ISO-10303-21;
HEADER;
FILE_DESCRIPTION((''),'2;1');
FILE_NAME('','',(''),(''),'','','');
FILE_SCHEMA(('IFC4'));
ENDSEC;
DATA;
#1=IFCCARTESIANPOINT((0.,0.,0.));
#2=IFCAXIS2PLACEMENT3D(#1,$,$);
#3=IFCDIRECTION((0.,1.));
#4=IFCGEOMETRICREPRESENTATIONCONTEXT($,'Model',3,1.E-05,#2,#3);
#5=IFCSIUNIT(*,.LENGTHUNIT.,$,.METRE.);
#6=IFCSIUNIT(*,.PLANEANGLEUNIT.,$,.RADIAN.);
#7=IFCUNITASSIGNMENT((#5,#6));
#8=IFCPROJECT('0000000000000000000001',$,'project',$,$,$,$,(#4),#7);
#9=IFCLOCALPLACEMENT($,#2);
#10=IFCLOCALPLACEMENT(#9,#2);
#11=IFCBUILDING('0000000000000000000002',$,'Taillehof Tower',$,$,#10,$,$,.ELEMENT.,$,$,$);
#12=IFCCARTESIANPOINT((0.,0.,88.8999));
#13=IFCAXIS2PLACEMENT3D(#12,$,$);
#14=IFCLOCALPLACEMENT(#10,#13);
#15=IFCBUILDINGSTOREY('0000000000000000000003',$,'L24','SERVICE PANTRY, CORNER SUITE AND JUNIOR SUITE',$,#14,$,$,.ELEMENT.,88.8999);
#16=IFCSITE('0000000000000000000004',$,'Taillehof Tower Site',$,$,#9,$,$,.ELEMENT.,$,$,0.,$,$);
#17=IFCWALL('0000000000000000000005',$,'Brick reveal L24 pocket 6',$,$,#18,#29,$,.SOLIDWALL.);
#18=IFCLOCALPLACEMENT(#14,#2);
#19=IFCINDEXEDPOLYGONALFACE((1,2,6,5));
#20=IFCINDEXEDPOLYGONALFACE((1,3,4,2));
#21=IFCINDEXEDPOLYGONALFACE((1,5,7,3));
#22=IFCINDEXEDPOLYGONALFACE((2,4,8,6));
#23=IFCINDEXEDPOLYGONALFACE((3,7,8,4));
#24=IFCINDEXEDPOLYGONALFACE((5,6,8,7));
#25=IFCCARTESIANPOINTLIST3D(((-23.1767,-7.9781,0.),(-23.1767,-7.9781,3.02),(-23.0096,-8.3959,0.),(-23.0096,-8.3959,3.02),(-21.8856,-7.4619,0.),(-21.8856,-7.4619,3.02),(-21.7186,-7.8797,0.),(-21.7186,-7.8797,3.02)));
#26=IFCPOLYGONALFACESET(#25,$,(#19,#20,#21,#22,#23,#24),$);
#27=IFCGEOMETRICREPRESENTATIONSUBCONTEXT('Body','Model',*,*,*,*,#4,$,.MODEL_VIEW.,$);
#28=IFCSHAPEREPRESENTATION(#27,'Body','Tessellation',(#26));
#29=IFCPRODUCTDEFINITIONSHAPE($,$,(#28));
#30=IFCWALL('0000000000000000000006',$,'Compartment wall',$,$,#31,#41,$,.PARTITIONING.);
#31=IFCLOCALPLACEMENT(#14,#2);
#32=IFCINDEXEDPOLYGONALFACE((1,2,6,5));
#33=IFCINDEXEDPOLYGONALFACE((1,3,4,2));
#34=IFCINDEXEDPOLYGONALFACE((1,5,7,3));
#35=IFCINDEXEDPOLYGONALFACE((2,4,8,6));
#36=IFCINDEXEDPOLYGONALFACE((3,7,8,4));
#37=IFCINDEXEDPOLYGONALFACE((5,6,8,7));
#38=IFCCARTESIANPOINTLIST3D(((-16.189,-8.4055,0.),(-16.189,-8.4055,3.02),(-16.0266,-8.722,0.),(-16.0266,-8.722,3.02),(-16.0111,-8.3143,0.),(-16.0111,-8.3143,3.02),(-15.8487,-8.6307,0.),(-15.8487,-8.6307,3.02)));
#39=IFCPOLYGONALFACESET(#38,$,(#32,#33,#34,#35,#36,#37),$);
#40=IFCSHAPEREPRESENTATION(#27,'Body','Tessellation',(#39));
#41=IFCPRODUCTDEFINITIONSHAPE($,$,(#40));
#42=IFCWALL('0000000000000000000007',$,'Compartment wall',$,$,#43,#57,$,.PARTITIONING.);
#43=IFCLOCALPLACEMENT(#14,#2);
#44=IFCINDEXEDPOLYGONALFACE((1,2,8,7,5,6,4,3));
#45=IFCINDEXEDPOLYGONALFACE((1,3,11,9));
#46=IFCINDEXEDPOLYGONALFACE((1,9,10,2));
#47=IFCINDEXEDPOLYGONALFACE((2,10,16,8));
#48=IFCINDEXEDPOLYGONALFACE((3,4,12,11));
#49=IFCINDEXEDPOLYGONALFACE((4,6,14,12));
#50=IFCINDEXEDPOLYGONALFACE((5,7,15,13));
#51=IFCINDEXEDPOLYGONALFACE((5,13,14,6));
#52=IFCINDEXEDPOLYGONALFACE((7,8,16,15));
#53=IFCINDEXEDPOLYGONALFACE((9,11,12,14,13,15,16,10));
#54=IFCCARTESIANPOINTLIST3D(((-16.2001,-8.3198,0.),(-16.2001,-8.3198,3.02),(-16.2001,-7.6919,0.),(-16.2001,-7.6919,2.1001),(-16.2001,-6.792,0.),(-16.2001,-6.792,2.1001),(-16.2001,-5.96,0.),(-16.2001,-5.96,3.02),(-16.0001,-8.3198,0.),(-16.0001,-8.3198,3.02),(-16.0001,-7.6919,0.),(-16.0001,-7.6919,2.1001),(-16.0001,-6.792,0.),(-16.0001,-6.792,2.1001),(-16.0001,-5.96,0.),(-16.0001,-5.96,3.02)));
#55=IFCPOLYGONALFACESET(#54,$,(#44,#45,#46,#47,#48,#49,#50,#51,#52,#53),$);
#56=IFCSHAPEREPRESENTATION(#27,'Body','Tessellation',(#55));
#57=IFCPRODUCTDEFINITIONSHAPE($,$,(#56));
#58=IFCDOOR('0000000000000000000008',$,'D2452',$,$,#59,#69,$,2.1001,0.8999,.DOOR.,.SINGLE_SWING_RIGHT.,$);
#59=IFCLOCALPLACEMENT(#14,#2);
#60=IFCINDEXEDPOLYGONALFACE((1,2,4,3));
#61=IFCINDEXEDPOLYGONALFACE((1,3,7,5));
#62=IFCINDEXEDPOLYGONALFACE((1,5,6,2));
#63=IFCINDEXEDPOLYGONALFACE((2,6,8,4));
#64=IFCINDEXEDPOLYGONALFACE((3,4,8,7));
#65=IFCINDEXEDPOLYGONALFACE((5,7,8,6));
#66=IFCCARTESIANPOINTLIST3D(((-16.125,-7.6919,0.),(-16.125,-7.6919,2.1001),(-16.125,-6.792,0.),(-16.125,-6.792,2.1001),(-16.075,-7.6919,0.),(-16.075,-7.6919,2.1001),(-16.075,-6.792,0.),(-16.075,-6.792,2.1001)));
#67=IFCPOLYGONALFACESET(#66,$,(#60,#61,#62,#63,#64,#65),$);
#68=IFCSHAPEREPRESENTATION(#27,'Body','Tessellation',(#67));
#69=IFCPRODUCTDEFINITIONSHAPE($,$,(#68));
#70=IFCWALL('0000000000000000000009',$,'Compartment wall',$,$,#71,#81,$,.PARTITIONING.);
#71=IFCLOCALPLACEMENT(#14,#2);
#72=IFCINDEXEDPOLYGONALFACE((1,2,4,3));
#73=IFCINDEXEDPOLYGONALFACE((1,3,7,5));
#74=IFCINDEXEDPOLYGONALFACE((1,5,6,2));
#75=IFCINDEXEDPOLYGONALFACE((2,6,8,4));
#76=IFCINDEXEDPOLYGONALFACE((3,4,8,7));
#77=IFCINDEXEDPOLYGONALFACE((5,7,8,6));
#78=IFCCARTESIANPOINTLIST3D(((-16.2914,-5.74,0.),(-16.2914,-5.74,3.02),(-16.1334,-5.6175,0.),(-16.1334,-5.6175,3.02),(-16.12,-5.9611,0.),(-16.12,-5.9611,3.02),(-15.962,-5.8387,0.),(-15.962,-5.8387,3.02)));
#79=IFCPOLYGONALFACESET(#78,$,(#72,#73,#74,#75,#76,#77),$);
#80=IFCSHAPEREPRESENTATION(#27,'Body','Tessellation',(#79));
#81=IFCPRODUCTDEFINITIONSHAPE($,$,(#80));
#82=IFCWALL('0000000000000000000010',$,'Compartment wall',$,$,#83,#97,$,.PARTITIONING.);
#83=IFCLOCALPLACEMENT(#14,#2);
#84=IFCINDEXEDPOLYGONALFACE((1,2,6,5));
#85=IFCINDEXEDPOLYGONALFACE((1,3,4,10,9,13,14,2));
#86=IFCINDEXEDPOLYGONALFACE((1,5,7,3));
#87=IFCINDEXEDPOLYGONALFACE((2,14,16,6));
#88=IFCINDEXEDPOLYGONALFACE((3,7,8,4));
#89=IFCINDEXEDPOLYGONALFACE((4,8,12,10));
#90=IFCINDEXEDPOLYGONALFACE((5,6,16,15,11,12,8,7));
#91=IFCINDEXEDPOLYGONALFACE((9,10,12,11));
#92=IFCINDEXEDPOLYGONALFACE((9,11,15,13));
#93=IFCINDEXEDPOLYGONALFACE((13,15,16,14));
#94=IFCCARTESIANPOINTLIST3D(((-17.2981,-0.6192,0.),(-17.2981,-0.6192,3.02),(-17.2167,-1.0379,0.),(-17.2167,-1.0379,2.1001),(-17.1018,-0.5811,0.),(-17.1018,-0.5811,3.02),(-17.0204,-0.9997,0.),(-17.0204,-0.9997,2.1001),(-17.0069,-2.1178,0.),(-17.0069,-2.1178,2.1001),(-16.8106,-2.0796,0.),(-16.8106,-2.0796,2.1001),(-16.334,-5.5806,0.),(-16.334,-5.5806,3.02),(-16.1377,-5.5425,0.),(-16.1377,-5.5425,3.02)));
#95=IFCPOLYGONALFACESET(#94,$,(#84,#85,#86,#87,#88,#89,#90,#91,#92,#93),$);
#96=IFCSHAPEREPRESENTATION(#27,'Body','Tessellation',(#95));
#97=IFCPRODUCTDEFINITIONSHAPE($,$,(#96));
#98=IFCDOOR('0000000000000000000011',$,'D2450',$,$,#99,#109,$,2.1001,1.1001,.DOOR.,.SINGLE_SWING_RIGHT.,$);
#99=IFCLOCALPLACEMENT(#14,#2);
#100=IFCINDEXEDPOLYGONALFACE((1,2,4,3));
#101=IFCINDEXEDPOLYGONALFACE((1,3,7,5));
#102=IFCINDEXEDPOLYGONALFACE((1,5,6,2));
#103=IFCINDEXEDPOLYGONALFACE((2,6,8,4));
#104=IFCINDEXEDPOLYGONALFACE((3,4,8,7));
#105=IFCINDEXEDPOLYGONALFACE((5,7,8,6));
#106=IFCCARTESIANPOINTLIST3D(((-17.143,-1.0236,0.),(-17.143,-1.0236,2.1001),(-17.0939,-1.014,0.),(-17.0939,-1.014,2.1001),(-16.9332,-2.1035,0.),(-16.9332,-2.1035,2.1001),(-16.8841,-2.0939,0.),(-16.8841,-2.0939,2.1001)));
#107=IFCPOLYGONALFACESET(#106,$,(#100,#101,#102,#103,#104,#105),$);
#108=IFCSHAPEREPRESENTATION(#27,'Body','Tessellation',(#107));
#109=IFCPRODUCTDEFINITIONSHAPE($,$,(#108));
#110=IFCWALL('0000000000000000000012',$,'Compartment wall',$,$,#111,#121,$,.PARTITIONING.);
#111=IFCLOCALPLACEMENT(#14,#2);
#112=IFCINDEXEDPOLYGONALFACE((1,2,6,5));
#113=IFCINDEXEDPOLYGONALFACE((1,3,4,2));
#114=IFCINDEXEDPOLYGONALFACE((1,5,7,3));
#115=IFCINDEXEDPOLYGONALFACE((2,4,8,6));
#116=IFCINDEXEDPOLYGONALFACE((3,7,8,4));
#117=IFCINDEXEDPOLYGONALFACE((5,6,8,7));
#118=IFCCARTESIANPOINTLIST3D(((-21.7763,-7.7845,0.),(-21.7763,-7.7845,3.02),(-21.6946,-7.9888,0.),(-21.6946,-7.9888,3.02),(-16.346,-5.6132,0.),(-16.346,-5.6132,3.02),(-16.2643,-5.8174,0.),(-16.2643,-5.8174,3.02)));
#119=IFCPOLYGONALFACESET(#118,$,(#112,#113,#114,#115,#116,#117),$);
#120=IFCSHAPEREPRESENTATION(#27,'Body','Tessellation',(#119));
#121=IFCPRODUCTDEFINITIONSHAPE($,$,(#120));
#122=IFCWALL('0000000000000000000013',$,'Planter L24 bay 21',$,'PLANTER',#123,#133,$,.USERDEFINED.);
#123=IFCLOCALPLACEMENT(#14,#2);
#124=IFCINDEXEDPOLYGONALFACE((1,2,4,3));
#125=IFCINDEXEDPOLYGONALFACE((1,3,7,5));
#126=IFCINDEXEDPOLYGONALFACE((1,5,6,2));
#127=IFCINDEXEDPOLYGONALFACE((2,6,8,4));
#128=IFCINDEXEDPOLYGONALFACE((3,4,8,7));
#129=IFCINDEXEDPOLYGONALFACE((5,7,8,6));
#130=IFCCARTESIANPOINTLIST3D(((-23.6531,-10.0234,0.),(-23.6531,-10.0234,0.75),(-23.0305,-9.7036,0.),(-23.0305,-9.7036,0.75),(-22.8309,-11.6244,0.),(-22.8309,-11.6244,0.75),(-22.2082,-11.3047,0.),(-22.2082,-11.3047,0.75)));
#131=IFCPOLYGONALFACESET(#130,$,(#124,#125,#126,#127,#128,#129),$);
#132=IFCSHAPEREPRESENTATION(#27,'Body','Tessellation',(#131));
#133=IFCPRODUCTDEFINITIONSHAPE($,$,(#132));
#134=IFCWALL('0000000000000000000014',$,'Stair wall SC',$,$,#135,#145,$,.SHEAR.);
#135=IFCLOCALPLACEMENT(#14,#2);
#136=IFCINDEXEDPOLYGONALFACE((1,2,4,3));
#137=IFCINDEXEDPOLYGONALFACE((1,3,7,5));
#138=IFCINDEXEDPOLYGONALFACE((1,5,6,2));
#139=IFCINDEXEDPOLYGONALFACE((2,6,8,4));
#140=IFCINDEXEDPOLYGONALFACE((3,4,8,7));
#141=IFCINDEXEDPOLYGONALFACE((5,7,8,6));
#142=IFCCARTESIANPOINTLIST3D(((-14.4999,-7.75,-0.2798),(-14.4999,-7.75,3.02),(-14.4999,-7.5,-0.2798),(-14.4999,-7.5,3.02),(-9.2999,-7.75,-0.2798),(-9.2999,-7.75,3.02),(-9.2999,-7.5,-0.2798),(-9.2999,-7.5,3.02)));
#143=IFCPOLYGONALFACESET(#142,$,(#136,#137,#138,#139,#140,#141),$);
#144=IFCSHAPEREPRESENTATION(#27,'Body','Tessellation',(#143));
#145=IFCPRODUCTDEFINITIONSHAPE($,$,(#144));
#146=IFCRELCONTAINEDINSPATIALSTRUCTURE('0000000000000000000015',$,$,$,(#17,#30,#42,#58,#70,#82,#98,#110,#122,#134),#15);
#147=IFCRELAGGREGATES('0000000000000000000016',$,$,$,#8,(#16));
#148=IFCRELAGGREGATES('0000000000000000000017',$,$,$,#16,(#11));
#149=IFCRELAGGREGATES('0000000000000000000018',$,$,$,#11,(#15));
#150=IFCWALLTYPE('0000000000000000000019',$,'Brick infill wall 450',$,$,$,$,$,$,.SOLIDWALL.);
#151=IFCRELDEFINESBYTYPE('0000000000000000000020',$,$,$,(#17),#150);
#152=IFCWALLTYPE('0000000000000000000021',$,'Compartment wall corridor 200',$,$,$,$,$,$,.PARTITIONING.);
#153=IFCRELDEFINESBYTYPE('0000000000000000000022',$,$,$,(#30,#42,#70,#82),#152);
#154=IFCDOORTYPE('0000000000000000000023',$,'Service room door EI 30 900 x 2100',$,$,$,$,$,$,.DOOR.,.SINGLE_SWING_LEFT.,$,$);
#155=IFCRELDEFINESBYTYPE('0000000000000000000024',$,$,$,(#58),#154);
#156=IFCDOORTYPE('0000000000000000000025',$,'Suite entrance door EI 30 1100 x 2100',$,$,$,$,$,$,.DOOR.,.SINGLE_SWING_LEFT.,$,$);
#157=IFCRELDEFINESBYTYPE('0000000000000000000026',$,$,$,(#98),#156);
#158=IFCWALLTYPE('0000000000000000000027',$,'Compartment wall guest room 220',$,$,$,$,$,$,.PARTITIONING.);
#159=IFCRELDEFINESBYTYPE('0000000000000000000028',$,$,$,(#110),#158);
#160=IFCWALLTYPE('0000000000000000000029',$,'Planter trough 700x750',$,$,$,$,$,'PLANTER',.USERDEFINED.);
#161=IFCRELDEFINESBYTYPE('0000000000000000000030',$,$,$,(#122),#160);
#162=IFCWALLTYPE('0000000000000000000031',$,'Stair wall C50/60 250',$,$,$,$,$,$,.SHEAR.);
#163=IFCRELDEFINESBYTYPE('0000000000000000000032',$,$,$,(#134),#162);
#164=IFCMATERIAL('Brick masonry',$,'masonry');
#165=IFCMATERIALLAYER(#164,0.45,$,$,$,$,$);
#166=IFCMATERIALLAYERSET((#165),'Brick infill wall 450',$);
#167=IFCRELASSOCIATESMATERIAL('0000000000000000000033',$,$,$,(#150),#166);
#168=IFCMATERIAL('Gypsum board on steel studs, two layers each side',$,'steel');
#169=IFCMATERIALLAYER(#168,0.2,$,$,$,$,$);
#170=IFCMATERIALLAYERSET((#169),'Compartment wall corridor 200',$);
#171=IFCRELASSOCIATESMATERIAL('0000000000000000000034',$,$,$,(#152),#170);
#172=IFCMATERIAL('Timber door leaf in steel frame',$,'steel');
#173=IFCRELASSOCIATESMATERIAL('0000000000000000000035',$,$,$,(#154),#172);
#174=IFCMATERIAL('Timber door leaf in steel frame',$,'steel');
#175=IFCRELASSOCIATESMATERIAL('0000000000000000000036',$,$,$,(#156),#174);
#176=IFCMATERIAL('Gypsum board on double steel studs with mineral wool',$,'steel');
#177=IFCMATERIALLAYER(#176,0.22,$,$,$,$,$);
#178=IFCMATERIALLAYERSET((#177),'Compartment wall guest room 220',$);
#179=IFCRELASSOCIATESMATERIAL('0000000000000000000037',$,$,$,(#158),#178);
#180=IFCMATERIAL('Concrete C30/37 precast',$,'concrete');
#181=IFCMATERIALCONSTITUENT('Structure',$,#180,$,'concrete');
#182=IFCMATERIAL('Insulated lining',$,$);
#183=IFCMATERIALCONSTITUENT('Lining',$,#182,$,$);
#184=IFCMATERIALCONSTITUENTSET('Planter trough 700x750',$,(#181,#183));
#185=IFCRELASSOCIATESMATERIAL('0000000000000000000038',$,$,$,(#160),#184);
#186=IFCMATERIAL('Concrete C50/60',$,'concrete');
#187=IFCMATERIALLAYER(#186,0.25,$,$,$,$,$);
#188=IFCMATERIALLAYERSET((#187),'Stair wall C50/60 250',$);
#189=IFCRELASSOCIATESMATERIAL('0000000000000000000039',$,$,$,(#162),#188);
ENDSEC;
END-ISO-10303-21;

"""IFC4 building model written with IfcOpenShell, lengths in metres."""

from ifc_helpers import new_model, si_unit, direction, frame, frame_2d, origin, place, context, subcontext, project, spatial, rectangle, extrude, material, layer, layer_set, constituent, constituent_set, type_object, element, fill, save


model = new_model("IFC4")

# Units and contexts
model_context = context("Model", 3, precision=1e-05, world=origin(), true_north=direction((0.0, 1.0)))
body_context = subcontext(model_context, "Body", "Model", "MODEL_VIEW")
ifc_project = project(units=[si_unit("LENGTHUNIT", "METRE"), si_unit("PLANEANGLEUNIT", "RADIAN")], contexts=[model_context])

# Site, building, storey
site_placement = place(None, origin())
site = spatial("IfcSite", under=ifc_project, at=site_placement, Name="Taillehof Tower Site", CompositionType="ELEMENT", RefElevation=0.0)
building_placement = place(site_placement, origin())
building = spatial("IfcBuilding", under=site, at=building_placement, Name="Taillehof Tower", CompositionType="ELEMENT")
storey_placement = place(building_placement, frame((0.0, 0.0, 88.8999)))
storey = spatial("IfcBuildingStorey", under=building, at=storey_placement, Name="L24", Description="SERVICE PANTRY, CORNER SUITE AND JUNIOR SUITE", CompositionType="ELEMENT", Elevation=88.8999)

# Shared definitions
ifc_material_1 = material(Name="Brick masonry", Category="masonry")
ifc_layer_1 = layer(ifc_material_1, 0.45)
ifc_layer_set_1 = layer_set([ifc_layer_1], Name="Brick infill wall 450")
wall_type_1 = type_object("IfcWallType", Name="Brick infill wall 450", PredefinedType="SOLIDWALL", material=ifc_layer_set_1)

# Wall
wall_1_placement = place(storey_placement, frame((-23.0933, -8.187, 0.0), z_axis=(0.0, 0.0, 1.0), x_axis=(0.928549, 0.371209, 0.0)))
element("IfcWall", 1, at=wall_1_placement, inside=storey, type_object=wall_type_1, Name="Brick reveal L24 pocket 6", PredefinedType="SOLIDWALL", context=body_context, shape_type="SweptSolid", body=[
    extrude(rectangle(XDim=1.3904, YDim=0.45, at=frame_2d((0.6953, 0.0))), origin(), (0.0, 0.0, 1.0), 3.02),
])

# Wall
ifc_material_2 = material(Name="Gypsum board on steel studs, two layers each side", Category="steel")
ifc_layer_2 = layer(ifc_material_2, 0.2)
ifc_layer_set_2 = layer_set([ifc_layer_2], Name="Compartment wall corridor 200")
wall_type_2 = type_object("IfcWallType", Name="Compartment wall corridor 200", PredefinedType="PARTITIONING", material=ifc_layer_set_2)
wall_2_placement = place(storey_placement, frame((-15.9377, -8.6763, 0.0), z_axis=(0.0, 0.0, 1.0), x_axis=(-0.456526, 0.88971, 0.0)))
element("IfcWall", 2, at=wall_2_placement, inside=storey, type_object=wall_type_2, Name="Compartment wall", PredefinedType="PARTITIONING", context=body_context, shape_type="SweptSolid", body=[
    extrude(rectangle(XDim=0.3557, YDim=0.2, at=frame_2d((0.1777, 0.0))), origin(), (0.0, 0.0, 1.0), 3.02),
])

# Wall, opening, door
wall_3_placement = place(storey_placement, frame((-16.1001, -8.3198, 0.0), z_axis=(0.0, 0.0, 1.0), x_axis=(0.0, 1.0, 0.0)))
wall_3 = element("IfcWall", 3, at=wall_3_placement, inside=storey, type_object=wall_type_2, Name="Compartment wall", PredefinedType="PARTITIONING", context=body_context, shape_type="SweptSolid", body=[
    extrude(rectangle(XDim=2.3599, YDim=0.2, at=frame_2d((1.1799, 0.0))), origin(), (0.0, 0.0, 1.0), 3.02),
])
opening_1_placement = place(wall_3_placement, frame((0.6279, 0.0, 0.0)))
opening_1 = element("IfcOpeningElement", 4, at=opening_1_placement, cuts=wall_3, PredefinedType="OPENING", context=body_context, shape_type="SweptSolid", body=[
    extrude(rectangle(XDim=0.8999, YDim=2.1001, at=frame_2d((0.45, 1.05))), frame((0.0, 0.1099, 0.0), z_axis=(0.0, -1.0, 0.0), x_axis=(1.0, 0.0, 0.0)), (0.0, 0.0, 1.0), 0.22),
])
ifc_material_3 = material(Name="Timber door leaf in steel frame", Category="steel")
door_type_1 = type_object("IfcDoorType", Name="Service room door EI 30 900 x 2100", OperationType="SINGLE_SWING_LEFT", PredefinedType="DOOR", material=ifc_material_3)
door_1_placement = place(opening_1_placement, origin())
door_1 = element("IfcDoor", 5, at=door_1_placement, inside=storey, type_object=door_type_1, Name="D2452", OperationType="SINGLE_SWING_RIGHT", OverallHeight=2.1001, OverallWidth=0.8999, PredefinedType="DOOR", context=body_context, shape_type="SweptSolid", body=[
    extrude(rectangle(XDim=0.8999, YDim=2.1001, at=frame_2d((0.45, 1.05))), frame((0.0, 0.0249, 0.0), z_axis=(0.0, -1.0, 0.0), x_axis=(1.0, 0.0, 0.0)), (0.0, 0.0, 1.0), 0.05),
])
fill(opening_1, door_1)

# Wall
wall_4_placement = place(storey_placement, frame((-16.041, -5.8999, 0.0), z_axis=(0.0, 0.0, 1.0), x_axis=(-0.61249, 0.790478, 0.0)))
element("IfcWall", 6, at=wall_4_placement, inside=storey, type_object=wall_type_2, Name="Compartment wall", PredefinedType="PARTITIONING", context=body_context, shape_type="SweptSolid", body=[
    extrude(rectangle(XDim=0.2798, YDim=0.2, at=frame_2d((0.1399, 0.0))), origin(), (0.0, 0.0, 1.0), 3.02),
])

# Wall, opening, door
wall_5_placement = place(storey_placement, frame((-16.2358, -5.5615, 0.0), z_axis=(0.0, 0.0, 1.0), x_axis=(-0.190753, 0.981638, 0.0)))
wall_5 = element("IfcWall", 7, at=wall_5_placement, inside=storey, type_object=wall_type_2, Name="Compartment wall", PredefinedType="PARTITIONING", context=body_context, shape_type="SweptSolid", body=[
    extrude(rectangle(XDim=5.0542, YDim=0.2, at=frame_2d((2.5271, 0.0))), origin(), (0.0, 0.0, 1.0), 3.02),
])
opening_2_placement = place(wall_5_placement, frame((3.5276, 0.0, 0.0)))
opening_2 = element("IfcOpeningElement", 8, at=opening_2_placement, cuts=wall_5, PredefinedType="OPENING", context=body_context, shape_type="SweptSolid", body=[
    extrude(rectangle(XDim=1.1001, YDim=2.1001, at=frame_2d((0.55, 1.05))), frame((0.0, 0.1099, 0.0), z_axis=(0.0, -1.0, 0.0), x_axis=(1.0, 0.0, 0.0)), (0.0, 0.0, 1.0), 0.22),
])
ifc_material_4 = material(Name="Timber door leaf in steel frame", Category="steel")
door_type_2 = type_object("IfcDoorType", Name="Suite entrance door EI 30 1100 x 2100", OperationType="SINGLE_SWING_LEFT", PredefinedType="DOOR", material=ifc_material_4)
door_2_placement = place(opening_2_placement, origin())
door_2 = element("IfcDoor", 9, at=door_2_placement, inside=storey, type_object=door_type_2, Name="D2450", OperationType="SINGLE_SWING_RIGHT", OverallHeight=2.1001, OverallWidth=1.1001, PredefinedType="DOOR", context=body_context, shape_type="SweptSolid", body=[
    extrude(rectangle(XDim=1.1001, YDim=2.1001, at=frame_2d((0.55, 1.05))), frame((0.0, 0.0249, 0.0), z_axis=(0.0, -1.0, 0.0), x_axis=(1.0, 0.0, 0.0)), (0.0, 0.0, 1.0), 0.05),
])
fill(opening_2, door_2)

# Walls
ifc_material_5 = material(Name="Gypsum board on double steel studs with mineral wool", Category="steel")
ifc_layer_3 = layer(ifc_material_5, 0.22)
ifc_layer_set_3 = layer_set([ifc_layer_3], Name="Compartment wall guest room 220")
wall_type_3 = type_object("IfcWallType", Name="Compartment wall guest room 220", PredefinedType="PARTITIONING", material=ifc_layer_set_3)
wall_6_placement = place(storey_placement, frame((-21.7356, -7.8867, 0.0), z_axis=(0.0, 0.0, 1.0), x_axis=(0.928523, 0.371276, 0.0)))
element("IfcWall", 10, at=wall_6_placement, inside=storey, type_object=wall_type_3, Name="Compartment wall", PredefinedType="PARTITIONING", context=body_context, shape_type="SweptSolid", body=[
    extrude(rectangle(XDim=5.8484, YDim=0.22, at=frame_2d((2.9243, 0.0))), origin(), (0.0, 0.0, 1.0), 3.02),
])
ifc_material_6 = material(Name="Concrete C30/37 precast", Category="concrete")
ifc_constituent_1 = constituent(ifc_material_6, Name="Structure", Category="concrete")
ifc_material_7 = material(Name="Insulated lining")
ifc_constituent_2 = constituent(ifc_material_7, Name="Lining")
ifc_constituent_set = constituent_set(constituents=[ifc_constituent_1, ifc_constituent_2], Name="Planter trough 700x750")
wall_type_4 = type_object("IfcWallType", Name="Planter trough 700x750", ElementType="PLANTER", PredefinedType="USERDEFINED", material=ifc_constituent_set)
wall_7_placement = place(storey_placement, frame((-23.3418, -9.8635, 0.0), z_axis=(0.0, 0.0, 1.0), x_axis=(0.456845, -0.889546, 0.0)))
element("IfcWall", 11, at=wall_7_placement, inside=storey, type_object=wall_type_4, Name="Planter L24 bay 21", ObjectType="PLANTER", PredefinedType="USERDEFINED", context=body_context, shape_type="SweptSolid", body=[
    extrude(rectangle(XDim=1.7998, YDim=0.7, at=frame_2d((0.8999, 0.0))), origin(), (0.0, 0.0, 1.0), 0.75),
])
ifc_material_8 = material(Name="Concrete C50/60", Category="concrete")
ifc_layer_4 = layer(ifc_material_8, 0.25)
ifc_layer_set_4 = layer_set([ifc_layer_4], Name="Stair wall C50/60 250")
wall_type_5 = type_object("IfcWallType", Name="Stair wall C50/60 250", PredefinedType="SHEAR", material=ifc_layer_set_4)
wall_8_placement = place(storey_placement, frame((-14.5, -7.625, -0.2798), z_axis=(0.0, 0.0, 1.0), x_axis=(1.0, 0.0, 0.0)))
element("IfcWall", 12, at=wall_8_placement, inside=storey, type_object=wall_type_5, Name="Stair wall SC", PredefinedType="SHEAR", context=body_context, shape_type="SweptSolid", body=[
    extrude(rectangle(XDim=5.2, YDim=0.25, at=frame_2d((2.6001, 0.0))), origin(), (0.0, 0.0, 1.0), 3.2998),
])

save(model, "model.ifc")
